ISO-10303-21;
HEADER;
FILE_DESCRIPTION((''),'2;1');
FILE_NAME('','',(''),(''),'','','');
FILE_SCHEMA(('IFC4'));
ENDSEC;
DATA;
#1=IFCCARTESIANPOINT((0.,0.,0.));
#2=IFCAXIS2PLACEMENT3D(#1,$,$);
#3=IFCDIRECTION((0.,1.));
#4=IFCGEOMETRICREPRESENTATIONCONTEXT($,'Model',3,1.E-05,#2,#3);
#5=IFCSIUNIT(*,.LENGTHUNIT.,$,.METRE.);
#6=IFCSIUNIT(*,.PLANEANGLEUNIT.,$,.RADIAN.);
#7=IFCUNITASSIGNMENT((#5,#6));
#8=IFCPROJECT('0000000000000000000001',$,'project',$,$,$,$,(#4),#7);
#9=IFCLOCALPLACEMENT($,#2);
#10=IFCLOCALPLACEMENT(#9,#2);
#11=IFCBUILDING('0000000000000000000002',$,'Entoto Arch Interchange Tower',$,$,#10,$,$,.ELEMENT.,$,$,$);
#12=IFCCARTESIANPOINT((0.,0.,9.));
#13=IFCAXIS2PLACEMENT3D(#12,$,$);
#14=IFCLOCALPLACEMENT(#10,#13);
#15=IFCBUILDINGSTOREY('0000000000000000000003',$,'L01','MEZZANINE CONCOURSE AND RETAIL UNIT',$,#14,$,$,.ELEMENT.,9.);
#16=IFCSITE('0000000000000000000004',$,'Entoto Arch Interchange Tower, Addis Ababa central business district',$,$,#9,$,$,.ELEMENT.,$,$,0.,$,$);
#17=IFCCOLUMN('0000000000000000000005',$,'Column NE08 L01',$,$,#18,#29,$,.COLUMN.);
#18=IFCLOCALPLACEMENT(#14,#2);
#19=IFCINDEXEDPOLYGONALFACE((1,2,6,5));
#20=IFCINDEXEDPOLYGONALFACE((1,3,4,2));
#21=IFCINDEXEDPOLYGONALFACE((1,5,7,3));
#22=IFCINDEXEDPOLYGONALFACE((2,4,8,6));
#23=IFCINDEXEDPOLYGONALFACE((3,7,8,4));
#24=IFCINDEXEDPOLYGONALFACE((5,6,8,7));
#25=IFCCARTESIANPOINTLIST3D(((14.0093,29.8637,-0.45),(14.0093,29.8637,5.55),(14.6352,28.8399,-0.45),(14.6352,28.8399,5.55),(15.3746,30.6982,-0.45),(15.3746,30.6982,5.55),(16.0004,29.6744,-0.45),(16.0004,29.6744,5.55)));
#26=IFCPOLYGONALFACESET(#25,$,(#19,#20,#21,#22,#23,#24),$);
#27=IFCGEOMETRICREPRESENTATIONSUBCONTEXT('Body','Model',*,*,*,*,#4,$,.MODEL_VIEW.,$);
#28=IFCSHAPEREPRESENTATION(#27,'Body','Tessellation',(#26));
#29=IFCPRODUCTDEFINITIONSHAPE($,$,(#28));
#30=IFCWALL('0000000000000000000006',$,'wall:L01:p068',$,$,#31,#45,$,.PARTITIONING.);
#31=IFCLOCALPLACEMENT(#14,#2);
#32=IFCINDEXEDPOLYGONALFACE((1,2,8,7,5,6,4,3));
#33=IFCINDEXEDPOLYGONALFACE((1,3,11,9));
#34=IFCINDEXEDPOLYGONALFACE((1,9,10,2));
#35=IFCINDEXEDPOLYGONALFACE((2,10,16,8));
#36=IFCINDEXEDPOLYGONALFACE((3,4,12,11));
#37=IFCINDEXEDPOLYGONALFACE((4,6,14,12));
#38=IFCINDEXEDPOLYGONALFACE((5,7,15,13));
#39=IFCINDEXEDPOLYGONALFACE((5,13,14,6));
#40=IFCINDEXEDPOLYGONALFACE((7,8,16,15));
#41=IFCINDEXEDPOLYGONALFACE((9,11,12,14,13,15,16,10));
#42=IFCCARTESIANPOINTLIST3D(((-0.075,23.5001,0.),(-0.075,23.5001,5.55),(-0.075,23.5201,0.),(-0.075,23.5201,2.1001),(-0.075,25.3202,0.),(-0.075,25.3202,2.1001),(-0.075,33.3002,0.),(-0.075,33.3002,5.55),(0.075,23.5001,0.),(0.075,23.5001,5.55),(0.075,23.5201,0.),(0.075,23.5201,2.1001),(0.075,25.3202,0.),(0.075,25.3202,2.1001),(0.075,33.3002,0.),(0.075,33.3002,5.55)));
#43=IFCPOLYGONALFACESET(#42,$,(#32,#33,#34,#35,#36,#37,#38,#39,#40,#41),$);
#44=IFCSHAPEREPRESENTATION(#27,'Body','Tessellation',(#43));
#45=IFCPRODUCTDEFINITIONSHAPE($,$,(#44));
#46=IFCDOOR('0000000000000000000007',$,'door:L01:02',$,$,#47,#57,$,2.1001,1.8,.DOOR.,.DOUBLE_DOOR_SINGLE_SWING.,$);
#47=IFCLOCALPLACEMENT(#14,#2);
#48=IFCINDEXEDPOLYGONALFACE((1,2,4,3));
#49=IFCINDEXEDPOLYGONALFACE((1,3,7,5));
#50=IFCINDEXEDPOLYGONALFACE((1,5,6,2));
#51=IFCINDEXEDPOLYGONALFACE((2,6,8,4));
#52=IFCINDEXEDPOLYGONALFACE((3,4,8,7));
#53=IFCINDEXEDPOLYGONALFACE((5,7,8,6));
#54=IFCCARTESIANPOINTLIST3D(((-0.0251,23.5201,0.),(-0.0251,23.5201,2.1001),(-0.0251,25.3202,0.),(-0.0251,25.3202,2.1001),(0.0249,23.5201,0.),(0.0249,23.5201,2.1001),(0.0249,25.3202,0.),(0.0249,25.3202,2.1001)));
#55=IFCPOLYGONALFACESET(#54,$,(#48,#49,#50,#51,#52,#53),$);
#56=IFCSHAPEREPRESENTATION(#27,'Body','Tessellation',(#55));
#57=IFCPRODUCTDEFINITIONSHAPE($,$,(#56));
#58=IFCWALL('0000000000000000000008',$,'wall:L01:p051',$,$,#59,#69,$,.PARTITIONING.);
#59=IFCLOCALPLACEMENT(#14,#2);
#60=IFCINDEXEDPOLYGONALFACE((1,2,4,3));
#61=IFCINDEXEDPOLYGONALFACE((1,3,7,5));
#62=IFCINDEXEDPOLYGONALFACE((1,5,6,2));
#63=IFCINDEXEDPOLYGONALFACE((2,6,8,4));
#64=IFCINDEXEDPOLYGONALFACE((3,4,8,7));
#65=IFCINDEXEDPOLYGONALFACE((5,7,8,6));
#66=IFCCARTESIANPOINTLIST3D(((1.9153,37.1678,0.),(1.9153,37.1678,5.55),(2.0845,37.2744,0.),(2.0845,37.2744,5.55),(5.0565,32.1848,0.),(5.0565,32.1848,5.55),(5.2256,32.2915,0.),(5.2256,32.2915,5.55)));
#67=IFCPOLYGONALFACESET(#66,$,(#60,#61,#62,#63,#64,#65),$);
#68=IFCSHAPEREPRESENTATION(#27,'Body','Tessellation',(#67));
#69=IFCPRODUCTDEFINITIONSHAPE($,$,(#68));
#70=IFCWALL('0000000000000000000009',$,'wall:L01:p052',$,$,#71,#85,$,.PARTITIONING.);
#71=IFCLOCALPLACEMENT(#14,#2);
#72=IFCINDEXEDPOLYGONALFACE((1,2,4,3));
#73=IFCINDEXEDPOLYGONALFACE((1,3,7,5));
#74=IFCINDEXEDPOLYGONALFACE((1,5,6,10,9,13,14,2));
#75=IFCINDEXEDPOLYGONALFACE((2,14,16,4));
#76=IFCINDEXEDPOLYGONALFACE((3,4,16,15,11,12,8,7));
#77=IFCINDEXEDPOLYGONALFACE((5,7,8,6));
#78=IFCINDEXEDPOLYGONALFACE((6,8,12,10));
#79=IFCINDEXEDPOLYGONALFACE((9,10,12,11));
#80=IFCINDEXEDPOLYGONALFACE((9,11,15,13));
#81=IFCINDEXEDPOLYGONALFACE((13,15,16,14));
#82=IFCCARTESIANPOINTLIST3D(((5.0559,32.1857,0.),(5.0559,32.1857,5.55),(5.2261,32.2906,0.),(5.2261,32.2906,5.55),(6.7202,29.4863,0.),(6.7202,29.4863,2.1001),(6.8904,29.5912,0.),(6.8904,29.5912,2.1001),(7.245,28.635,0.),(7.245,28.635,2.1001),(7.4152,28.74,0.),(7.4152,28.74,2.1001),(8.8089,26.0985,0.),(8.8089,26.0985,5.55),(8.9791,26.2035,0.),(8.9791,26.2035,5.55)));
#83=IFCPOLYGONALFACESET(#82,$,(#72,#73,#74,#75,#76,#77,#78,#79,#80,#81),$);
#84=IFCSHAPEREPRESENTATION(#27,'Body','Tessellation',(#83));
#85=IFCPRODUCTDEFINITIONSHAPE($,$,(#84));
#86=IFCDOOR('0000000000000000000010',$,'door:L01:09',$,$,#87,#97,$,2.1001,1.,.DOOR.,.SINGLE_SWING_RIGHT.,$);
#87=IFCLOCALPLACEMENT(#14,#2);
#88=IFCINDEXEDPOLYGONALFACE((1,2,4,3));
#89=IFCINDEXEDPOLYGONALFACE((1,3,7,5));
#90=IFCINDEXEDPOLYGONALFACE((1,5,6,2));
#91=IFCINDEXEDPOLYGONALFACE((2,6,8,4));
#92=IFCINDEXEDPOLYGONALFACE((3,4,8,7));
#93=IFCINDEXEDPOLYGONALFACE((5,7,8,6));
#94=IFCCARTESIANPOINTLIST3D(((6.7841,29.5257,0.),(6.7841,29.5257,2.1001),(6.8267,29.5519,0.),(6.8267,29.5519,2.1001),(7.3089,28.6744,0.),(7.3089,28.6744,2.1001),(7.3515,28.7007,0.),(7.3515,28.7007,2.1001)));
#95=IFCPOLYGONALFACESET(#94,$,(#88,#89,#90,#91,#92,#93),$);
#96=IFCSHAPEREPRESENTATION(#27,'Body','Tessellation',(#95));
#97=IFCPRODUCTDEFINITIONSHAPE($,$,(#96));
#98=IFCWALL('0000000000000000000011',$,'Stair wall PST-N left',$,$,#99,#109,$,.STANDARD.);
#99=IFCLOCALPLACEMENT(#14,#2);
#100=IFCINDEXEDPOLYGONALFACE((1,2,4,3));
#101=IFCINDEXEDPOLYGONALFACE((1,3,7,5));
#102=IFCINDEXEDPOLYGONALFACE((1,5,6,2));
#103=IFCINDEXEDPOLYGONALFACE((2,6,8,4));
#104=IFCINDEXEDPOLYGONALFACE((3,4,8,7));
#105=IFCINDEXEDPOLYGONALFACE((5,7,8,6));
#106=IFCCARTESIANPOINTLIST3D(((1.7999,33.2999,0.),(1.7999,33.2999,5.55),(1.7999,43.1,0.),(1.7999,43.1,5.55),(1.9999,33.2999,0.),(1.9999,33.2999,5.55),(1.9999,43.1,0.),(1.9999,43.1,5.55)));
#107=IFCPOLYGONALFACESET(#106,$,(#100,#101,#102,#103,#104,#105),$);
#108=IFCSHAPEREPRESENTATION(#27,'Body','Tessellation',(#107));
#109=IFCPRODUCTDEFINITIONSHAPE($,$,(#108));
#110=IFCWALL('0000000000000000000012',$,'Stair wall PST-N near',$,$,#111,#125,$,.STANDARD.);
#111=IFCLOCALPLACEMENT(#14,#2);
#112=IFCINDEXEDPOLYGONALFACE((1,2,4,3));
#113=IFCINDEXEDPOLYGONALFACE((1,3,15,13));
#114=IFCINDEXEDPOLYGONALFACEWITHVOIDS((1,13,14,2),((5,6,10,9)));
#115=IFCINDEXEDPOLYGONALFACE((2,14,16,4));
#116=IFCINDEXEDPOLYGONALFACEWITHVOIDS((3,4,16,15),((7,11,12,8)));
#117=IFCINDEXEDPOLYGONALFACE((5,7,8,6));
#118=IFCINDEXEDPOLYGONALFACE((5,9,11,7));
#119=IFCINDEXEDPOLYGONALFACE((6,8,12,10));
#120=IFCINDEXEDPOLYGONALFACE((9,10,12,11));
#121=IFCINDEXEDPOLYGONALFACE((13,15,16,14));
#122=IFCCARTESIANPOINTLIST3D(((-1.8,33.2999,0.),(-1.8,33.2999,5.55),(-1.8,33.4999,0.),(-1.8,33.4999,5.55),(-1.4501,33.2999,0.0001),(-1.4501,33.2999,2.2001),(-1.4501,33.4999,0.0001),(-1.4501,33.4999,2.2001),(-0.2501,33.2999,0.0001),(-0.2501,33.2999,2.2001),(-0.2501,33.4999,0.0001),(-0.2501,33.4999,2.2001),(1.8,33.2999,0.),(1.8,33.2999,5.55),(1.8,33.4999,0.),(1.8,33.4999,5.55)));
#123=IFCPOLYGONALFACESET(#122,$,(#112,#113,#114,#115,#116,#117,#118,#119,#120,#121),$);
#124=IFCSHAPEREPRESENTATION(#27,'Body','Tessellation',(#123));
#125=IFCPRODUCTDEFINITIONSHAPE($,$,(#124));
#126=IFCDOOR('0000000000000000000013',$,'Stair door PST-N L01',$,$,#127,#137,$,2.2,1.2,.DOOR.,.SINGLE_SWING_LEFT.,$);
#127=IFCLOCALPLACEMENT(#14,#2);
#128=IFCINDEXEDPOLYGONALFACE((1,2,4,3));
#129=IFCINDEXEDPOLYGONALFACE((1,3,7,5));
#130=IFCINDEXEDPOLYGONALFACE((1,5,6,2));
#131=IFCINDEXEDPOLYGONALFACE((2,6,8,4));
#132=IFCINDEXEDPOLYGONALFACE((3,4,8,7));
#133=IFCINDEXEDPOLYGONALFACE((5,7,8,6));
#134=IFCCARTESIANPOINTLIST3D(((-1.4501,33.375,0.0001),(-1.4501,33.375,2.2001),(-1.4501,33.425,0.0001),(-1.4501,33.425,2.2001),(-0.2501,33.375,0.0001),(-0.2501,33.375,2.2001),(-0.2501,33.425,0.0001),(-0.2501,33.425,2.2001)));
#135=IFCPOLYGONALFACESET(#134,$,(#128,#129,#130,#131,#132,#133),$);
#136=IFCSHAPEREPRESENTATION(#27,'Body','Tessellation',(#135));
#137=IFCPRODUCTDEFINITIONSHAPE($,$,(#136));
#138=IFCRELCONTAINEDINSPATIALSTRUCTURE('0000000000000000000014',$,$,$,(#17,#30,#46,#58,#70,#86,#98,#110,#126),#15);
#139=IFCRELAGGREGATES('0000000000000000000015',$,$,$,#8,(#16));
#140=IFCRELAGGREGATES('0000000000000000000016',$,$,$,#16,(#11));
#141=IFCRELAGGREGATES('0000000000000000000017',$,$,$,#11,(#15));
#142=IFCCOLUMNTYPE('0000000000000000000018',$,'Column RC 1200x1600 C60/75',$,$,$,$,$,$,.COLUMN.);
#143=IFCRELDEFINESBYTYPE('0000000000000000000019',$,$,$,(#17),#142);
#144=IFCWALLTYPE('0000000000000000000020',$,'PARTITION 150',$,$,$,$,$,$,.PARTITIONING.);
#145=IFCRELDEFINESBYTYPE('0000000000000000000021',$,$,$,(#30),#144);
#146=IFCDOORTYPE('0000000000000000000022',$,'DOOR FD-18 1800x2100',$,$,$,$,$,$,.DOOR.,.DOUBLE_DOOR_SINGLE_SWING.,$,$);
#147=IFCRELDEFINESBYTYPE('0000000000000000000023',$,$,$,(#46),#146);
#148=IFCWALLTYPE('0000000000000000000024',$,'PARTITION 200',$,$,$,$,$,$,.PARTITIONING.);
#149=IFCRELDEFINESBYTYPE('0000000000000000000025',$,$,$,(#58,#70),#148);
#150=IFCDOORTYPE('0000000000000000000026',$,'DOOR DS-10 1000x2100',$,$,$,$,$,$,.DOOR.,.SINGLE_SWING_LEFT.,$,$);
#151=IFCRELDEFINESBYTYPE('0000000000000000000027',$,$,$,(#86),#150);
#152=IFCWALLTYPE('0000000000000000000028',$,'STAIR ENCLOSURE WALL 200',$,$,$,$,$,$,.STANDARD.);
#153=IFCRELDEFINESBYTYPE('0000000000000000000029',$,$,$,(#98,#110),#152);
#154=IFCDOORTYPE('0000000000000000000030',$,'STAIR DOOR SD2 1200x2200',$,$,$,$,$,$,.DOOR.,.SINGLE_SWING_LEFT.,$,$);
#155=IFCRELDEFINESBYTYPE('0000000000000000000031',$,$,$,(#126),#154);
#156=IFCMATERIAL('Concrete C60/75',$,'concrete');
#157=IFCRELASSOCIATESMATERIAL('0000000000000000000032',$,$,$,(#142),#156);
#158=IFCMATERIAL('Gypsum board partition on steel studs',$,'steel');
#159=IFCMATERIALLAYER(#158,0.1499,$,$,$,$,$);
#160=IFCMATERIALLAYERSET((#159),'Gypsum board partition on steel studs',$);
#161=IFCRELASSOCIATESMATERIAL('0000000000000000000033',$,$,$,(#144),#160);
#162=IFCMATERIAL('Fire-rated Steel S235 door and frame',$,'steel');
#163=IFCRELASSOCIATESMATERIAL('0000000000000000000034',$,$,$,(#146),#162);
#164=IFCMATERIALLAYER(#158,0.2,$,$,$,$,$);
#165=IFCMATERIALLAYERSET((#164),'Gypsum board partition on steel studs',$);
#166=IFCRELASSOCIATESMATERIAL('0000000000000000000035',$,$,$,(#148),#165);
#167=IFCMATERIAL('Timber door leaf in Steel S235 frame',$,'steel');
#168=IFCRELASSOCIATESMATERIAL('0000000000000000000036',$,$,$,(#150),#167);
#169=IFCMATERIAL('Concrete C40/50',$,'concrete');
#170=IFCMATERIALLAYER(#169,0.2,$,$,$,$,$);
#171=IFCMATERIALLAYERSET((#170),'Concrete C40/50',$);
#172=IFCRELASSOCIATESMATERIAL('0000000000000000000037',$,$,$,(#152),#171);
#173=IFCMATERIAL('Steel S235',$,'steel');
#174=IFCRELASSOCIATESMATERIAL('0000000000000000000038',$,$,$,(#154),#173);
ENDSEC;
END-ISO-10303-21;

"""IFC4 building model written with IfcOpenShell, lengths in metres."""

from ifc_helpers import new_model, si_unit, direction, frame, frame_2d, origin, origin_2d, place, context, subcontext, project, spatial, rectangle, extrude, material, layer, layer_set, material_profile, profile_set, type_object, element, fill, save


model = new_model("IFC4")

# Units and contexts
model_context = context("Model", 3, precision=1e-05, world=origin(), true_north=direction((0.0, 1.0)))
body_context = subcontext(model_context, "Body", "Model", "MODEL_VIEW")
ifc_project = project(units=[si_unit("LENGTHUNIT", "METRE"), si_unit("PLANEANGLEUNIT", "RADIAN")], contexts=[model_context])

# Site, building, storey
site_placement = place(None, origin())
site = spatial("IfcSite", under=ifc_project, at=site_placement, Name="Entoto Arch Interchange Tower, Addis Ababa central business district", CompositionType="ELEMENT", RefElevation=0.0)
building_placement = place(site_placement, origin())
building = spatial("IfcBuilding", under=site, at=building_placement, Name="Entoto Arch Interchange Tower", CompositionType="ELEMENT")
storey_placement = place(building_placement, frame((0.0, 0.0, 9.0)))
storey = spatial("IfcBuildingStorey", under=building, at=storey_placement, Name="L01", Description="MEZZANINE CONCOURSE AND RETAIL UNIT", CompositionType="ELEMENT", Elevation=9.0)

# Column
ifc_material_1 = material(Name="Concrete C60/75", Category="concrete")
ifc_material_profile = material_profile(ifc_material_1, rectangle(XDim=1.2, YDim=1.6001, at=origin_2d()))
ifc_profile_set = profile_set([ifc_material_profile], Name="Concrete C60/75")
column_type = type_object("IfcColumnType", Name="Column RC 1200x1600 C60/75", PredefinedType="COLUMN", material=ifc_profile_set)
column_placement = place(storey_placement, frame((15.0049, 29.769, -0.45), z_axis=(0.0, 0.0, 1.0), x_axis=(-0.521546, 0.853223, 0.0)))
element("IfcColumn", 1, at=column_placement, inside=storey, type_object=column_type, Name="Column NE08 L01", PredefinedType="COLUMN", context=body_context, shape_type="SweptSolid", body=[
    extrude(rectangle(XDim=1.2, YDim=1.6001, at=origin_2d()), origin(), (0.0, 0.0, 1.0), 6.0),
])

# Wall, opening, door
ifc_material_2 = material(Name="Gypsum board partition on steel studs", Category="steel")
ifc_layer_1 = layer(ifc_material_2, 0.1499)
ifc_layer_set_1 = layer_set([ifc_layer_1], Name="Gypsum board partition on steel studs")
wall_type_1 = type_object("IfcWallType", Name="PARTITION 150", PredefinedType="PARTITIONING", material=ifc_layer_set_1)
wall_1_placement = place(storey_placement, frame((0.0, 33.3, 0.0), z_axis=(0.0, 0.0, 1.0), x_axis=(0.0, -1.0, 0.0)))
wall_1 = element("IfcWall", 2, at=wall_1_placement, inside=storey, type_object=wall_type_1, Name="wall:L01:p068", PredefinedType="PARTITIONING", context=body_context, shape_type="SweptSolid", body=[
    extrude(rectangle(XDim=9.8, YDim=0.1499, at=frame_2d((4.8999, 0.0))), origin(), (0.0, 0.0, 1.0), 5.55),
])
opening_1_placement = place(wall_1_placement, frame((7.98, 0.0, 0.0)))
opening_1 = element("IfcOpeningElement", 3, at=opening_1_placement, cuts=wall_1, PredefinedType="OPENING", context=body_context, shape_type="SweptSolid", body=[
    extrude(rectangle(XDim=1.8, YDim=2.1001, at=frame_2d((0.8999, 1.05))), frame((0.0, 0.085, 0.0), z_axis=(0.0, -1.0, 0.0), x_axis=(1.0, 0.0, 0.0)), (0.0, 0.0, 1.0), 0.1699),
])
ifc_material_3 = material(Name="Fire-rated Steel S235 door and frame", Category="steel")
door_type_1 = type_object("IfcDoorType", Name="DOOR FD-18 1800x2100", OperationType="DOUBLE_DOOR_SINGLE_SWING", PredefinedType="DOOR", material=ifc_material_3)
door_1_placement = place(opening_1_placement, origin())
door_1 = element("IfcDoor", 4, at=door_1_placement, inside=storey, type_object=door_type_1, Name="door:L01:02", OperationType="DOUBLE_DOOR_SINGLE_SWING", OverallHeight=2.1001, OverallWidth=1.8, PredefinedType="DOOR", context=body_context, shape_type="SweptSolid", body=[
    extrude(rectangle(XDim=1.8, YDim=2.1001, at=frame_2d((0.8999, 1.05))), frame((0.0, 0.0249, 0.0), z_axis=(0.0, -1.0, 0.0), x_axis=(1.0, 0.0, 0.0)), (0.0, 0.0, 1.0), 0.05),
])
fill(opening_1, door_1)

# Wall
ifc_layer_2 = layer(ifc_material_2, 0.2)
ifc_layer_set_2 = layer_set([ifc_layer_2], Name="Gypsum board partition on steel studs")
wall_type_2 = type_object("IfcWallType", Name="PARTITION 200", PredefinedType="PARTITIONING", material=ifc_layer_set_2)
wall_2_placement = place(storey_placement, frame((5.1411, 32.238, 0.0), z_axis=(0.0, 0.0, 1.0), x_axis=(-0.533266, 0.845948, 0.0)))
element("IfcWall", 5, at=wall_2_placement, inside=storey, type_object=wall_type_2, Name="wall:L01:p051", PredefinedType="PARTITIONING", context=body_context, shape_type="SweptSolid", body=[
    extrude(rectangle(XDim=5.8904, YDim=0.2, at=frame_2d((2.9453, 0.0))), origin(), (0.0, 0.0, 1.0), 5.55),
])

# Wall, opening, door
wall_3_placement = place(storey_placement, frame((8.894, 26.1509, 0.0), z_axis=(0.0, 0.0, 1.0), x_axis=(-0.524806, 0.851222, 0.0)))
wall_3 = element("IfcWall", 6, at=wall_3_placement, inside=storey, type_object=wall_type_2, Name="wall:L01:p052", PredefinedType="PARTITIONING", context=body_context, shape_type="SweptSolid", body=[
    extrude(rectangle(XDim=7.1511, YDim=0.2, at=frame_2d((3.5757, 0.0))), origin(), (0.0, 0.0, 1.0), 5.55),
])
opening_2_placement = place(wall_3_placement, frame((2.98, 0.0, 0.0)))
opening_2 = element("IfcOpeningElement", 7, at=opening_2_placement, cuts=wall_3, PredefinedType="OPENING", context=body_context, shape_type="SweptSolid", body=[
    extrude(rectangle(XDim=1.0, YDim=2.1001, at=frame_2d((0.5, 1.05))), frame((0.0, 0.1099, 0.0), z_axis=(0.0, -1.0, 0.0), x_axis=(1.0, 0.0, 0.0)), (0.0, 0.0, 1.0), 0.22),
])
ifc_material_4 = material(Name="Timber door leaf in Steel S235 frame", Category="steel")
door_type_2 = type_object("IfcDoorType", Name="DOOR DS-10 1000x2100", OperationType="SINGLE_SWING_LEFT", PredefinedType="DOOR", material=ifc_material_4)
door_2_placement = place(opening_2_placement, origin())
door_2 = element("IfcDoor", 8, at=door_2_placement, inside=storey, type_object=door_type_2, Name="door:L01:09", OperationType="SINGLE_SWING_RIGHT", OverallHeight=2.1001, OverallWidth=1.0, PredefinedType="DOOR", context=body_context, shape_type="SweptSolid", body=[
    extrude(rectangle(XDim=1.0, YDim=2.1001, at=frame_2d((0.5, 1.05))), frame((0.0, 0.0249, 0.0), z_axis=(0.0, -1.0, 0.0), x_axis=(1.0, 0.0, 0.0)), (0.0, 0.0, 1.0), 0.05),
])
fill(opening_2, door_2)

# Wall
ifc_material_5 = material(Name="Concrete C40/50", Category="concrete")
ifc_layer_3 = layer(ifc_material_5, 0.2)
ifc_layer_set_3 = layer_set([ifc_layer_3], Name="Concrete C40/50")
wall_type_3 = type_object("IfcWallType", Name="STAIR ENCLOSURE WALL 200", PredefinedType="STANDARD", material=ifc_layer_set_3)
wall_4_placement = place(storey_placement, frame((1.8999, 33.3, 0.0), z_axis=(0.0, 0.0, 1.0), x_axis=(0.0, 1.0, 0.0)))
element("IfcWall", 9, at=wall_4_placement, inside=storey, type_object=wall_type_3, Name="Stair wall PST-N left", PredefinedType="STANDARD", context=body_context, shape_type="SweptSolid", body=[
    extrude(rectangle(XDim=9.8, YDim=0.2, at=frame_2d((4.8999, 0.0))), origin(), (0.0, 0.0, 1.0), 5.55),
])

# Wall, opening, door
wall_5_placement = place(storey_placement, frame((1.8, 33.3999, 0.0), z_axis=(0.0, 0.0, 1.0), x_axis=(-1.0, 0.0, 0.0)))
wall_5 = element("IfcWall", 10, at=wall_5_placement, inside=storey, type_object=wall_type_3, Name="Stair wall PST-N near", PredefinedType="STANDARD", context=body_context, shape_type="SweptSolid", body=[
    extrude(rectangle(XDim=3.6001, YDim=0.2, at=frame_2d((1.8, 0.0))), origin(), (0.0, 0.0, 1.0), 5.55),
])
opening_3_placement = place(wall_5_placement, frame((2.05, 0.0, 0.0)))
opening_3 = element("IfcOpeningElement", 11, at=opening_3_placement, cuts=wall_5, PredefinedType="OPENING", context=body_context, shape_type="SweptSolid", body=[
    extrude(rectangle(XDim=1.2, YDim=2.2, at=frame_2d((0.6001, 1.1001))), frame((0.0, 0.1099, 0.0), z_axis=(0.0, -1.0, 0.0), x_axis=(1.0, 0.0, 0.0)), (0.0, 0.0, 1.0), 0.22),
])
ifc_material_6 = material(Name="Steel S235", Category="steel")
door_type_3 = type_object("IfcDoorType", Name="STAIR DOOR SD2 1200x2200", OperationType="SINGLE_SWING_LEFT", PredefinedType="DOOR", material=ifc_material_6)
door_3_placement = place(opening_3_placement, origin())
door_3 = element("IfcDoor", 12, at=door_3_placement, inside=storey, type_object=door_type_3, Name="Stair door PST-N L01", OperationType="SINGLE_SWING_LEFT", OverallHeight=2.2, OverallWidth=1.2, PredefinedType="DOOR", context=body_context, shape_type="SweptSolid", body=[
    extrude(rectangle(XDim=1.2, YDim=2.2, at=frame_2d((0.6001, 1.1001))), frame((0.0, 0.0249, 0.0), z_axis=(0.0, -1.0, 0.0), x_axis=(1.0, 0.0, 0.0)), (0.0, 0.0, 1.0), 0.05),
])
fill(opening_3, door_3)

save(model, "model.ifc")
